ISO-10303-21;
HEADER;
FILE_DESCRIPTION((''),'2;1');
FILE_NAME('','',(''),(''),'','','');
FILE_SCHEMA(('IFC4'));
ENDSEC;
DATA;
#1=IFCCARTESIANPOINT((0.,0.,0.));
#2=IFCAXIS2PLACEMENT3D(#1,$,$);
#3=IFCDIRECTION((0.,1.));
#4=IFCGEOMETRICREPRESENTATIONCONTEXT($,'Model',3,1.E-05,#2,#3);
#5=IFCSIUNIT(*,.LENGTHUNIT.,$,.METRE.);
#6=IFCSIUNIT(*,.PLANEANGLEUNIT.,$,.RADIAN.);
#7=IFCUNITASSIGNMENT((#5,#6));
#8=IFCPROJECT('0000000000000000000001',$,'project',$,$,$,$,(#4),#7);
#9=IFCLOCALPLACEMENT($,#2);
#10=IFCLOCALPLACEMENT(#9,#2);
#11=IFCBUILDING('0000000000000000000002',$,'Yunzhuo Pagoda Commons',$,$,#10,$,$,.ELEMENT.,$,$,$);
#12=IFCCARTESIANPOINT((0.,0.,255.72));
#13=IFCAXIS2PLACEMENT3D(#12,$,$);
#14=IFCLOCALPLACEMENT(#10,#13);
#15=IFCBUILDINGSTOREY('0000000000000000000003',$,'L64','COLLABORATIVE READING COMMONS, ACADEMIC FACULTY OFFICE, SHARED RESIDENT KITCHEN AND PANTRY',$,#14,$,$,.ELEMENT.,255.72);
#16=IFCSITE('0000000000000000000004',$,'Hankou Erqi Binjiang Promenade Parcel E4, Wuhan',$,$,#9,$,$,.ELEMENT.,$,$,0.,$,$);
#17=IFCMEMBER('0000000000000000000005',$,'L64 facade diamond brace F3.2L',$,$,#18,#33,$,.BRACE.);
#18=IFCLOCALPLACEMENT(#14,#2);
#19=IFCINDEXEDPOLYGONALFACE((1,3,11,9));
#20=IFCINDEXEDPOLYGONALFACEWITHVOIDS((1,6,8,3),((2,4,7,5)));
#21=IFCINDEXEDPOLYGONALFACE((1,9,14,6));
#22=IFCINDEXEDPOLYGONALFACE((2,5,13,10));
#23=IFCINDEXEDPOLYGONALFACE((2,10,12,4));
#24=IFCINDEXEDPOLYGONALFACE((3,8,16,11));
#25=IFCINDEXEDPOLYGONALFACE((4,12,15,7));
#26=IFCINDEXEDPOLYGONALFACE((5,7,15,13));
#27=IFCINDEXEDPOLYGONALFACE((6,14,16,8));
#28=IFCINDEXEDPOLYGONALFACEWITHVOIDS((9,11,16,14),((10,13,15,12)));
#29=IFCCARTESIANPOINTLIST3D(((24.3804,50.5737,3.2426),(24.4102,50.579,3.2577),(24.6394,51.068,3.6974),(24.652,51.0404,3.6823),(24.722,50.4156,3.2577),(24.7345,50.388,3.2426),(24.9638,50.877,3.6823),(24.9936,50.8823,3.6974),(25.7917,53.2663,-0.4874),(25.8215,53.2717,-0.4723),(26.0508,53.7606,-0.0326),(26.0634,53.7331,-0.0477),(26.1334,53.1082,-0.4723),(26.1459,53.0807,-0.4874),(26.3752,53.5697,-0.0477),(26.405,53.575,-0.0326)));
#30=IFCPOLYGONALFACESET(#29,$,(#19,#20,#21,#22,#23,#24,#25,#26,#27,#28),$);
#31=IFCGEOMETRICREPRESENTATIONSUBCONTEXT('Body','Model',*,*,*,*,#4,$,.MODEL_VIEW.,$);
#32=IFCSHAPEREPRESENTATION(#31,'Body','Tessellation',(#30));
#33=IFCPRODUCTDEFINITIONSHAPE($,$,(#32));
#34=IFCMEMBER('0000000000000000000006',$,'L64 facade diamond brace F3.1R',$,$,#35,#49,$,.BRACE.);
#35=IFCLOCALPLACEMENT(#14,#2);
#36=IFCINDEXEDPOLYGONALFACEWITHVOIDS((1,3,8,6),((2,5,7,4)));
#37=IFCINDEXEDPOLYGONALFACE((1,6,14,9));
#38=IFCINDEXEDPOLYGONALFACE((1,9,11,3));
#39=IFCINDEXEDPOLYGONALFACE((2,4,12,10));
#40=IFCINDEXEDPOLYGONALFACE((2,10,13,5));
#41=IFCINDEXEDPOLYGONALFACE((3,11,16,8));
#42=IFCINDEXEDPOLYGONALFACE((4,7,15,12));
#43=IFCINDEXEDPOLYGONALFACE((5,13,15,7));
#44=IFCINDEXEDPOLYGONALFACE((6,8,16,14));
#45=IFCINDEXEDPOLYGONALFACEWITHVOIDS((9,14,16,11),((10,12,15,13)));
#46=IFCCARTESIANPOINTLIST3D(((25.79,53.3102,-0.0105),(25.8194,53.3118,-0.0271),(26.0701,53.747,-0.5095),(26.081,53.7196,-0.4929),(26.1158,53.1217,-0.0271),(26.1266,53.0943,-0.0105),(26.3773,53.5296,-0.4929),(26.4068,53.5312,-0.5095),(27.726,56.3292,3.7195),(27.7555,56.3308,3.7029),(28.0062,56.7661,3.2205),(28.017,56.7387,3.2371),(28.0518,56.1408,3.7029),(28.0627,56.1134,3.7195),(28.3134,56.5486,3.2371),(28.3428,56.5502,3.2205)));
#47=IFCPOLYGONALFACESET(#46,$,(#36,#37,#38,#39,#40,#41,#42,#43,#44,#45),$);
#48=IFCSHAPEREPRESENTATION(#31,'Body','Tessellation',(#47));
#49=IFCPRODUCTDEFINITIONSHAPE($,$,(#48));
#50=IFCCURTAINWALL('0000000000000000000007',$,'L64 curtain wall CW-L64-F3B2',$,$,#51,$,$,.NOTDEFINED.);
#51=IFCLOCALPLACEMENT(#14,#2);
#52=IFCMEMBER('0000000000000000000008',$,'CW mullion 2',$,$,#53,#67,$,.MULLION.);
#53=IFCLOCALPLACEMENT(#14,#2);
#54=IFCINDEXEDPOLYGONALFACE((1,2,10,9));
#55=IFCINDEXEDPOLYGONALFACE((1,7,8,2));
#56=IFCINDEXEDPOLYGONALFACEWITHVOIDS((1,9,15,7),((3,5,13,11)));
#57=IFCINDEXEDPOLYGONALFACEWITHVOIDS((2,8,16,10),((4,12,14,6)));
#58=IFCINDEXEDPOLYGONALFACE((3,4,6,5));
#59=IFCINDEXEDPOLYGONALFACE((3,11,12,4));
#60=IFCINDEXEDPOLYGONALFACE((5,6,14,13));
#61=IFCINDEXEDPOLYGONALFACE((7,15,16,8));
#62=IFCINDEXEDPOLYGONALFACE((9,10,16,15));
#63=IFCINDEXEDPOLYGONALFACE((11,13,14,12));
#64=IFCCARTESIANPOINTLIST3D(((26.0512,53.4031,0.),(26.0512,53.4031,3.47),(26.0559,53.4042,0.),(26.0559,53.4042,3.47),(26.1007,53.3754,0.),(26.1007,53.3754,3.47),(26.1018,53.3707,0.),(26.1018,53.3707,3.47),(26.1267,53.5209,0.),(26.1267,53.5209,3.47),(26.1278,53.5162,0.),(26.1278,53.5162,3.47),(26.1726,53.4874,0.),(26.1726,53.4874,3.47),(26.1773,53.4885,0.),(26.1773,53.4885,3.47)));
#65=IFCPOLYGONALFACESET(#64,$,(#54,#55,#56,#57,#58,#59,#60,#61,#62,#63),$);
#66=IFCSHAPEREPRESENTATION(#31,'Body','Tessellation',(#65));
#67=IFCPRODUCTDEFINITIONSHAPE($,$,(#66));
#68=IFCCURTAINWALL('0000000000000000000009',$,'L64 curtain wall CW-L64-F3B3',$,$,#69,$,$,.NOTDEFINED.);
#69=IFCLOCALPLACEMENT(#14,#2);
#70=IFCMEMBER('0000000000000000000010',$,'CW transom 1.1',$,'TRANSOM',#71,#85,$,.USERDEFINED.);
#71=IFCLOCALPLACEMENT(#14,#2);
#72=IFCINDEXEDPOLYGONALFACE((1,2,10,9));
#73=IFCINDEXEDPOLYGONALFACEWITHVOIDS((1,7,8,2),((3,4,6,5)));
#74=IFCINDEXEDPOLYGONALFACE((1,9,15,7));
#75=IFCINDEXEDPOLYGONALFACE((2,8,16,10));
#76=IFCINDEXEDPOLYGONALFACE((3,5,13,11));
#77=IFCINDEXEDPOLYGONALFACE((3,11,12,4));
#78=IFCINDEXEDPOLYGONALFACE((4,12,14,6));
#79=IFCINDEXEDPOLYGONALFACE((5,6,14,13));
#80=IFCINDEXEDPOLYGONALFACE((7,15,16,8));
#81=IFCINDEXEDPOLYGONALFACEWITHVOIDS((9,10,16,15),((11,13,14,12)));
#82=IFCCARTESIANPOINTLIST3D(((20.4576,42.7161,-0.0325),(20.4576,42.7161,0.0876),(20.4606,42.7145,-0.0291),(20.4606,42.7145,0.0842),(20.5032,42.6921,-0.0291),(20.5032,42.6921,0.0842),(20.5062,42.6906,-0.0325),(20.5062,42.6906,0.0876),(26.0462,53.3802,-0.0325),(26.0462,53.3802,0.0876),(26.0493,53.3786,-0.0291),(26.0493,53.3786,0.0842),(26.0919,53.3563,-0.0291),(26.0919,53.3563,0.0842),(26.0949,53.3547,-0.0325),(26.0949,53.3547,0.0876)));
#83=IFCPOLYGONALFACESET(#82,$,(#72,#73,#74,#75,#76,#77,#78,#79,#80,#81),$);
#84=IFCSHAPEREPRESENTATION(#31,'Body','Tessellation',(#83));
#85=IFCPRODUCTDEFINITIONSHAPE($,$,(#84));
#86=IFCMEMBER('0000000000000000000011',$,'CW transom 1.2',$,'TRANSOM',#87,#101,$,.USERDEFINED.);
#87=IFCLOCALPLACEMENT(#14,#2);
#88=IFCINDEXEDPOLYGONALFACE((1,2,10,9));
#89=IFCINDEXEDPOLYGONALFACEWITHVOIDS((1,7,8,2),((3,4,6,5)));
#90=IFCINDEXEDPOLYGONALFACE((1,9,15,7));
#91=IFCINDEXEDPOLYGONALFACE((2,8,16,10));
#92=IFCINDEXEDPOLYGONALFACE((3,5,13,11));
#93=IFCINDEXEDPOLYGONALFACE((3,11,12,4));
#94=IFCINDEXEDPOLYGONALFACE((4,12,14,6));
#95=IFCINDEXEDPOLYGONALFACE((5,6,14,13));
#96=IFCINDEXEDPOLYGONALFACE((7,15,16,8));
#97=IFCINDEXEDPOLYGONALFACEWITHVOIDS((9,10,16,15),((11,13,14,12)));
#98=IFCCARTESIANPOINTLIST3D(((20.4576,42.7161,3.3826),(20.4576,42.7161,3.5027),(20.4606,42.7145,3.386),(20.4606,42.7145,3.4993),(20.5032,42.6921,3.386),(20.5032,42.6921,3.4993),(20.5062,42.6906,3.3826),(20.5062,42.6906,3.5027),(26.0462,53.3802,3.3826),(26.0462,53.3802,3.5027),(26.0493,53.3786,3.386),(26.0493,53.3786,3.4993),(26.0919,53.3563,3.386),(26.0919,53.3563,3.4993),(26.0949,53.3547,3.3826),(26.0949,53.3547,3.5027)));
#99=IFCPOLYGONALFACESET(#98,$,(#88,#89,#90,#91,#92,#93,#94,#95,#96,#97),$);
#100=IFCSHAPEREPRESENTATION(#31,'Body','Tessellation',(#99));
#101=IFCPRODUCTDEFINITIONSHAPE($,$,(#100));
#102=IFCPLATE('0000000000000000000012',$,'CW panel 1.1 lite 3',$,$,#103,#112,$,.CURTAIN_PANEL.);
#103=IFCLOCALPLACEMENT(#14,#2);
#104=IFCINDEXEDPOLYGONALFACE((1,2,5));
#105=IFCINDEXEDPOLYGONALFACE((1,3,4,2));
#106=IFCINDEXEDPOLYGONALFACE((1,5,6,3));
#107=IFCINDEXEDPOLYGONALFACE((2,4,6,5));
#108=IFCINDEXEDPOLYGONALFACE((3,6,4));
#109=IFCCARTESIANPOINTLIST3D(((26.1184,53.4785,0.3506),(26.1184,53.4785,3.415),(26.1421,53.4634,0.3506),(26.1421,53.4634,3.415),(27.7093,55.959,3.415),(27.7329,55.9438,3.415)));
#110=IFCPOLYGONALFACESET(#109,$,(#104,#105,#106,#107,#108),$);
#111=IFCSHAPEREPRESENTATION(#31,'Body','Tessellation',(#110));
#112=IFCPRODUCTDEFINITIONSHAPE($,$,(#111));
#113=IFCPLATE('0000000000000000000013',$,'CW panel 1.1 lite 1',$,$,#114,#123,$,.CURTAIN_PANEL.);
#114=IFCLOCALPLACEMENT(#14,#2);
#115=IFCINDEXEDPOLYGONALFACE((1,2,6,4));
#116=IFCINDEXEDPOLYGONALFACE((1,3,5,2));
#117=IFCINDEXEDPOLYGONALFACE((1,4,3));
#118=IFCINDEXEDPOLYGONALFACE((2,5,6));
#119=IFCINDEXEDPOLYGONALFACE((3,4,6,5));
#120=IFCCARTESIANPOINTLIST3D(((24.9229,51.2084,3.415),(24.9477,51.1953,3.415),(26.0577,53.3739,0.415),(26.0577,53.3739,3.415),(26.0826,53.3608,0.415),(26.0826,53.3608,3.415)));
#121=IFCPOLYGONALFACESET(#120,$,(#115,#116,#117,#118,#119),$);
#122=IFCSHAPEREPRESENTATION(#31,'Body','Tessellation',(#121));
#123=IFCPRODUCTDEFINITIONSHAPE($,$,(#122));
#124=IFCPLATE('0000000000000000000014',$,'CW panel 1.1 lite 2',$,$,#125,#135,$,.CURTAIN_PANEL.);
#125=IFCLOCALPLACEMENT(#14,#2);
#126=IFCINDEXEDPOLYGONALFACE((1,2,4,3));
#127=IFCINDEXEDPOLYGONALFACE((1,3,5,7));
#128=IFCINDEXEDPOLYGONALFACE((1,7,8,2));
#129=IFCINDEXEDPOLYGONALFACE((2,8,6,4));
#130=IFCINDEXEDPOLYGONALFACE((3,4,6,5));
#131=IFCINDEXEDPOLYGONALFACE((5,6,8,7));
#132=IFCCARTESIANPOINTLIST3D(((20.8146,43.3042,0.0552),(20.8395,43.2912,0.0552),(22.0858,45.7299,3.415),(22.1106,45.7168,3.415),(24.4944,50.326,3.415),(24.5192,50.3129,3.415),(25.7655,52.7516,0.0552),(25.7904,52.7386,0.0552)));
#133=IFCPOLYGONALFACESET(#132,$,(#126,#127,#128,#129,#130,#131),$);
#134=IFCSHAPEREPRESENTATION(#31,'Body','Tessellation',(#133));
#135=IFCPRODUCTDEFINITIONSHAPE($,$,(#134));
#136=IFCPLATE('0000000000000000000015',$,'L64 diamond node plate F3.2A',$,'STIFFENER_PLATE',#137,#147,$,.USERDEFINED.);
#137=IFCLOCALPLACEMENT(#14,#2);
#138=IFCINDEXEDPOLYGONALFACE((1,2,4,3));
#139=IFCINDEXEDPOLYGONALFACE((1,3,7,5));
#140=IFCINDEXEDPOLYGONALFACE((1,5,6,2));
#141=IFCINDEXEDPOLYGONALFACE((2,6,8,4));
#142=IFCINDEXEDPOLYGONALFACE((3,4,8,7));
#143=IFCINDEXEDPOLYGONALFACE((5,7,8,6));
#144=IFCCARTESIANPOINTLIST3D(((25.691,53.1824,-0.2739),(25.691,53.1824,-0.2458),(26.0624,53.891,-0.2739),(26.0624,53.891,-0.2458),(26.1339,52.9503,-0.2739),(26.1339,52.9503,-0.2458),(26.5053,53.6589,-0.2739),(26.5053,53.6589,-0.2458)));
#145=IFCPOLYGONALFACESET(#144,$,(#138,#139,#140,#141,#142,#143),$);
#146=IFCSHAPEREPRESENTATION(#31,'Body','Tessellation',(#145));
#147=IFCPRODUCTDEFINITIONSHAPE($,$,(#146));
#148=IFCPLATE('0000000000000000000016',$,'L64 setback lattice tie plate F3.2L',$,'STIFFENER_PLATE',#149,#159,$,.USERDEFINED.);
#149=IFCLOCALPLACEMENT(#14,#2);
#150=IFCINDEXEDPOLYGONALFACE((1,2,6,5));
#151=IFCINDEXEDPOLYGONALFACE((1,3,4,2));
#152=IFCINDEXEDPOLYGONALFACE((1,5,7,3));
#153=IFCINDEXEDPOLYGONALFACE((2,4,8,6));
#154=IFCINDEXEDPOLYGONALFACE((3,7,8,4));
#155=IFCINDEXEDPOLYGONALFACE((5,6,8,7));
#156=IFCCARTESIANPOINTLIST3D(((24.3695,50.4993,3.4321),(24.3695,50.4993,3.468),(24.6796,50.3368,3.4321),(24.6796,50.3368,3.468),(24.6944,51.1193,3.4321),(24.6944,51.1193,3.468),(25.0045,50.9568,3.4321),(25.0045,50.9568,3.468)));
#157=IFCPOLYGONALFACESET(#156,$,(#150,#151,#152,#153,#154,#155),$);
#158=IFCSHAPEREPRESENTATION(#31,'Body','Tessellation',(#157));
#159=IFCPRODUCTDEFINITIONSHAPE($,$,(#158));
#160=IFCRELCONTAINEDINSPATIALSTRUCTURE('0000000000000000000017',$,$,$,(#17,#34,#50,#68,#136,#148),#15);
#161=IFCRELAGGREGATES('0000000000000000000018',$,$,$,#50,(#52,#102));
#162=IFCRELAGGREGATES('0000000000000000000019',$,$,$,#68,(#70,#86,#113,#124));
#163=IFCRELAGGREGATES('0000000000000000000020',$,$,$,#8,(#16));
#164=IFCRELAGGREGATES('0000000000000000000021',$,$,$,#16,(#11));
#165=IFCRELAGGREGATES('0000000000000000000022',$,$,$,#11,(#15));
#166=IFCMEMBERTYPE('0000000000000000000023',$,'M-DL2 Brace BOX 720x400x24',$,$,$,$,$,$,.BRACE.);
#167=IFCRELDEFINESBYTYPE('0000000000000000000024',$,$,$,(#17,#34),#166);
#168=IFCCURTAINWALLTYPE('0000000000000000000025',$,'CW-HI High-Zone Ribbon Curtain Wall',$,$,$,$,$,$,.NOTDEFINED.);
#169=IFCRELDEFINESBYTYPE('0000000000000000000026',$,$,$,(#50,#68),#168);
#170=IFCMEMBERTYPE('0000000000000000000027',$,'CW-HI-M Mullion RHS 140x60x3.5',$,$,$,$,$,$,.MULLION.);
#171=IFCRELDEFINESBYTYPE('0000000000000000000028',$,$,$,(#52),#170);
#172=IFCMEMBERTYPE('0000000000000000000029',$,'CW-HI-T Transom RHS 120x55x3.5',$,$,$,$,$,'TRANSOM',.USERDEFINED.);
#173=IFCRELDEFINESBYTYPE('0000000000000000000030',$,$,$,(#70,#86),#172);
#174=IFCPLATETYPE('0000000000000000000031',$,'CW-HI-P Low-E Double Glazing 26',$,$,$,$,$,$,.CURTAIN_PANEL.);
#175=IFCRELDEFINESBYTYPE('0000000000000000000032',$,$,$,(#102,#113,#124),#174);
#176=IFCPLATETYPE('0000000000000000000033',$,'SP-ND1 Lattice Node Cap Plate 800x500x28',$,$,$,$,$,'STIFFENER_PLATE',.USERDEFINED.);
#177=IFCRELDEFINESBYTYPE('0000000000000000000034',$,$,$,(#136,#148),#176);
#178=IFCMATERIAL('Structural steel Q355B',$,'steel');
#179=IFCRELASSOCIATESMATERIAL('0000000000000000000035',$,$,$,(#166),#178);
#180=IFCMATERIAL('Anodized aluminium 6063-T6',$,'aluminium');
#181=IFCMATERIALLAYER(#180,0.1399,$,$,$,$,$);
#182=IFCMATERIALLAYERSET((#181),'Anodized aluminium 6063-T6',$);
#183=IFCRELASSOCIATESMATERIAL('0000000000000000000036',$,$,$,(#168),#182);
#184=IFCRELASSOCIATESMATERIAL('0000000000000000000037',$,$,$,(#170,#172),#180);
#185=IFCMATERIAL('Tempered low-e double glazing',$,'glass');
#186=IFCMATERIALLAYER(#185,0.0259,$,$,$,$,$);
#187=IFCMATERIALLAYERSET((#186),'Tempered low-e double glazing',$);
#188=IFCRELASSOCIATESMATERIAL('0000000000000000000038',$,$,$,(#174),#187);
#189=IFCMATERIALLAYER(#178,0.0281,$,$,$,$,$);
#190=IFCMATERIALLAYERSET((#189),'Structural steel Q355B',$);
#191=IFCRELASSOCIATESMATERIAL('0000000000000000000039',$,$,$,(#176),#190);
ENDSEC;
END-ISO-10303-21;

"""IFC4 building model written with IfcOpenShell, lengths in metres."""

from ifc_helpers import new_model, si_unit, direction, frame, origin, origin_2d, place, context, subcontext, project, spatial, polyline, rectangle, hollow_rectangle, outline, extrude, source, transform, mapped, material, layer, layer_set, material_profile, profile_set, type_object, element, aggregate, save


model = new_model("IFC4")

# Units and contexts
model_context = context("Model", 3, precision=1e-05, world=origin(), true_north=direction((0.0, 1.0)))
body_context = subcontext(model_context, "Body", "Model", "MODEL_VIEW")
ifc_project = project(units=[si_unit("LENGTHUNIT", "METRE"), si_unit("PLANEANGLEUNIT", "RADIAN")], contexts=[model_context])

# Site, building, storey
site_placement = place(None, origin())
site = spatial("IfcSite", under=ifc_project, at=site_placement, Name="Hankou Erqi Binjiang Promenade Parcel E4, Wuhan", CompositionType="ELEMENT", RefElevation=0.0)
building_placement = place(site_placement, origin())
building = spatial("IfcBuilding", under=site, at=building_placement, Name="Yunzhuo Pagoda Commons", CompositionType="ELEMENT")
storey_placement = place(building_placement, frame((0.0, 0.0, 255.72)))
storey = spatial("IfcBuildingStorey", under=building, at=storey_placement, Name="L64", Description="COLLABORATIVE READING COMMONS, ACADEMIC FACULTY OFFICE, SHARED RESIDENT KITCHEN AND PANTRY", CompositionType="ELEMENT", Elevation=255.72)

# Shared definitions
ifc_material_1 = material(Name="Structural steel Q355B", Category="steel")

# Members
ifc_material_profile_1 = material_profile(ifc_material_1, hollow_rectangle(XDim=0.3999, YDim=0.72, WallThickness=0.0239, at=origin_2d()), Name="Structural steel Q355B")
ifc_profile_set_1 = profile_set([ifc_material_profile_1], Name="Structural steel Q355B")
member_type_1 = type_object("IfcMemberType", Name="M-DL2 Brace BOX 720x400x24", PredefinedType="BRACE", material=ifc_profile_set_1)
shared_shape_1 = source(origin(), body_context, "Body", "SweptSolid", [
    extrude(hollow_rectangle(XDim=0.3999, YDim=0.72, WallThickness=0.0239, at=origin_2d()), origin(), (0.0, 0.0, 1.0), 4.812),
])
member_1_placement = place(storey_placement, frame((26.0984, 53.4207, -0.26), z_axis=(-0.293306, -0.559569, 0.775148), x_axis=(0.885703, -0.464253, 0.0)))
element("IfcMember", 1, at=member_1_placement, inside=storey, type_object=member_type_1, Name="L64 facade diamond brace F3.2L", PredefinedType="BRACE", context=body_context, shape_type="MappedRepresentation", body=[
    mapped(shared_shape_1, transform((0.0, 0.0, 0.0), scale=1.0)),
])
shared_shape_2 = source(origin(), body_context, "Body", "SweptSolid", [
    extrude(hollow_rectangle(XDim=0.3999, YDim=0.72, WallThickness=0.0239, at=origin_2d()), origin(), (0.0, 0.0, 1.0), 5.1746),
])
member_2_placement = place(storey_placement, frame((26.0984, 53.4207, -0.26), z_axis=(0.374148, 0.583445, 0.720837), x_axis=(-0.841784, 0.539815, 0.0)))
element("IfcMember", 2, at=member_2_placement, inside=storey, type_object=member_type_1, Name="L64 facade diamond brace F3.1R", PredefinedType="BRACE", context=body_context, shape_type="MappedRepresentation", body=[
    mapped(shared_shape_2, transform((0.0, 0.0, 0.0), scale=1.0)),
])

# Curtain wall, member
ifc_material_2 = material(Name="Anodized aluminium 6063-T6", Category="aluminium")
ifc_layer_1 = layer(ifc_material_2, 0.1399)
ifc_layer_set_1 = layer_set([ifc_layer_1], Name="Anodized aluminium 6063-T6")
curtain_wall_type = type_object("IfcCurtainWallType", Name="CW-HI High-Zone Ribbon Curtain Wall", PredefinedType="NOTDEFINED", material=ifc_layer_set_1)
curtain_wall_1_placement = place(storey_placement, origin())
curtain_wall_1 = element("IfcCurtainWall", 3, at=curtain_wall_1_placement, inside=storey, type_object=curtain_wall_type, Name="L64 curtain wall CW-L64-F3B2", PredefinedType="NOTDEFINED")
ifc_material_profile_2 = material_profile(ifc_material_2, hollow_rectangle(XDim=0.0601, YDim=0.1399, WallThickness=0.0034, at=origin_2d()), Name="Anodized aluminium 6063-T6")
ifc_profile_set_2 = profile_set([ifc_material_profile_2], Name="Anodized aluminium 6063-T6")
member_type_2 = type_object("IfcMemberType", Name="CW-HI-M Mullion RHS 140x60x3.5", PredefinedType="MULLION", material=ifc_profile_set_2)
shared_shape_3 = source(origin(), body_context, "Body", "SweptSolid", [
    extrude(hollow_rectangle(XDim=0.0601, YDim=0.1399, WallThickness=0.0034, at=origin_2d()), origin(), (0.0, 0.0, 1.0), 3.47),
])
member_3_placement = place(storey_placement, frame((26.1143, 53.4458, 0.0), z_axis=(0.0, 0.0, 1.0), x_axis=(0.84175, -0.539867, 0.0)))
member_3 = element("IfcMember", 4, at=member_3_placement, type_object=member_type_2, Name="CW mullion 2", PredefinedType="MULLION", context=body_context, shape_type="MappedRepresentation", body=[
    mapped(shared_shape_3, transform((0.0, 0.0, 0.0), scale=1.0)),
])

# Curtain wall, members
curtain_wall_2_placement = place(storey_placement, origin())
curtain_wall_2 = element("IfcCurtainWall", 5, at=curtain_wall_2_placement, inside=storey, type_object=curtain_wall_type, Name="L64 curtain wall CW-L64-F3B3", PredefinedType="NOTDEFINED")
ifc_material_profile_3 = material_profile(ifc_material_2, hollow_rectangle(XDim=0.0549, YDim=0.1201, WallThickness=0.0034, at=origin_2d()), Name="Anodized aluminium 6063-T6")
ifc_profile_set_3 = profile_set([ifc_material_profile_3], Name="Anodized aluminium 6063-T6")
member_type_3 = type_object("IfcMemberType", Name="CW-HI-T Transom RHS 120x55x3.5", ElementType="TRANSOM", PredefinedType="USERDEFINED", material=ifc_profile_set_3)
shared_shape_4 = source(origin(), body_context, "Body", "SweptSolid", [
    extrude(hollow_rectangle(XDim=0.0549, YDim=0.1201, WallThickness=0.0034, at=origin_2d()), origin(), (0.0, 0.0, 1.0), 12.0398),
])
member_4_placement = place(storey_placement, frame((26.0706, 53.3674, 0.0276), z_axis=(-0.464182, -0.88574, 0.0), x_axis=(0.88574, -0.464182, 0.0)))
member_4 = element("IfcMember", 6, at=member_4_placement, type_object=member_type_3, Name="CW transom 1.1", ObjectType="TRANSOM", PredefinedType="USERDEFINED", context=body_context, shape_type="MappedRepresentation", body=[
    mapped(shared_shape_4, transform((0.0, 0.0, 0.0), scale=1.0)),
])
member_5_placement = place(storey_placement, frame((26.0706, 53.3674, 3.4426), z_axis=(-0.464182, -0.88574, 0.0), x_axis=(0.88574, -0.464182, 0.0)))
member_5 = element("IfcMember", 7, at=member_5_placement, type_object=member_type_3, Name="CW transom 1.2", ObjectType="TRANSOM", PredefinedType="USERDEFINED", context=body_context, shape_type="MappedRepresentation", body=[
    mapped(shared_shape_4, transform((0.0, 0.0, 0.0), scale=1.0)),
])

# Plates
ifc_material_3 = material(Name="Tempered low-e double glazing", Category="glass")
ifc_layer_2 = layer(ifc_material_3, 0.0259)
ifc_layer_set_2 = layer_set([ifc_layer_2], Name="Tempered low-e double glazing")
plate_type_1 = type_object("IfcPlateType", Name="CW-HI-P Low-E Double Glazing 26", PredefinedType="CURTAIN_PANEL", material=ifc_layer_set_2)
plate_1_placement = place(storey_placement, frame((26.9375, 54.7036, 1.8828), z_axis=(-0.84175, 0.539867, 0.0), x_axis=(-0.539867, -0.84175, 0.0)))
plate_1 = element("IfcPlate", 8, at=plate_1_placement, type_object=plate_type_1, Name="CW panel 1.1 lite 3", PredefinedType="CURTAIN_PANEL", context=body_context, shape_type="SweptSolid", body=[
    extrude(outline(polyline([(-1.4734, 1.5322), (1.4734, -1.5322), (1.4734, 1.5322), (-1.4734, 1.5322)])), origin(), (0.0, 0.0, 1.0), 0.0281),
])
aggregate(curtain_wall_1, [member_3, plate_1])
plate_2_placement = place(storey_placement, frame((25.5151, 52.2781, 1.915), z_axis=(-0.885743, 0.464176, 0.0), x_axis=(-0.464176, -0.885743, 0.0)))
plate_2 = element("IfcPlate", 9, at=plate_2_placement, type_object=plate_type_1, Name="CW panel 1.1 lite 1", PredefinedType="CURTAIN_PANEL", context=body_context, shape_type="SweptSolid", body=[
    extrude(outline(polyline([(-1.2224, -1.5), (1.2224, 1.5), (-1.2224, 1.5), (-1.2224, -1.5)])), origin(), (0.0, 0.0, 1.0), 0.0281),
])
plate_3_placement = place(storey_placement, frame((23.3149, 48.0149, 1.7351), z_axis=(-0.885743, 0.464176, 0.0), x_axis=(-0.464176, -0.885743, 0.0)))
plate_3 = element("IfcPlate", 10, at=plate_3_placement, type_object=plate_type_1, Name="CW panel 1.1 lite 2", PredefinedType="CURTAIN_PANEL", context=body_context, shape_type="SweptSolid", body=[
    extrude(outline(polyline([(-5.333, -1.6799), (5.333, -1.6799), (2.5945, 1.6799), (-2.5945, 1.6799), (-5.333, -1.6799)])), origin(), (0.0, 0.0, 1.0), 0.0281),
])
aggregate(curtain_wall_2, [member_4, member_5, plate_2, plate_3])

# Plates
ifc_layer_3 = layer(ifc_material_1, 0.0281)
ifc_layer_set_3 = layer_set([ifc_layer_3], Name="Structural steel Q355B")
plate_type_2 = type_object("IfcPlateType", Name="SP-ND1 Lattice Node Cap Plate 800x500x28", ElementType="STIFFENER_PLATE", PredefinedType="USERDEFINED", material=ifc_layer_set_3)
shared_shape_5 = source(origin(), body_context, "Body", "SweptSolid", [
    extrude(rectangle(XDim=0.8, YDim=0.5, at=origin_2d()), origin(), (0.0, 0.0, 1.0), 0.0281),
])
plate_4_placement = place(storey_placement, frame((26.0981, 53.4207, -0.2739), z_axis=(0.0, 0.0, 1.0), x_axis=(-0.464177, -0.885742, 0.0)))
element("IfcPlate", 11, at=plate_4_placement, inside=storey, type_object=plate_type_2, Name="L64 diamond node plate F3.2A", ObjectType="STIFFENER_PLATE", PredefinedType="USERDEFINED", context=body_context, shape_type="MappedRepresentation", body=[
    mapped(shared_shape_5, transform((0.0, 0.0, 0.0), scale=1.0)),
])
shared_shape_6 = source(origin(), body_context, "Body", "SweptSolid", [
    extrude(rectangle(XDim=0.7, YDim=0.3501, at=origin_2d()), origin(), (0.0, 0.0, 1.0), 0.0359),
])
plate_5_placement = place(storey_placement, frame((24.687, 50.728, 3.4321), z_axis=(0.0, 0.0, 1.0), x_axis=(-0.464177, -0.885742, 0.0)))
element("IfcPlate", 12, at=plate_5_placement, inside=storey, type_object=plate_type_2, Name="L64 setback lattice tie plate F3.2L", ObjectType="STIFFENER_PLATE", PredefinedType="USERDEFINED", context=body_context, shape_type="MappedRepresentation", body=[
    mapped(shared_shape_6, transform((0.0, 0.0, 0.0), scale=1.0)),
])

save(model, "model.ifc")
